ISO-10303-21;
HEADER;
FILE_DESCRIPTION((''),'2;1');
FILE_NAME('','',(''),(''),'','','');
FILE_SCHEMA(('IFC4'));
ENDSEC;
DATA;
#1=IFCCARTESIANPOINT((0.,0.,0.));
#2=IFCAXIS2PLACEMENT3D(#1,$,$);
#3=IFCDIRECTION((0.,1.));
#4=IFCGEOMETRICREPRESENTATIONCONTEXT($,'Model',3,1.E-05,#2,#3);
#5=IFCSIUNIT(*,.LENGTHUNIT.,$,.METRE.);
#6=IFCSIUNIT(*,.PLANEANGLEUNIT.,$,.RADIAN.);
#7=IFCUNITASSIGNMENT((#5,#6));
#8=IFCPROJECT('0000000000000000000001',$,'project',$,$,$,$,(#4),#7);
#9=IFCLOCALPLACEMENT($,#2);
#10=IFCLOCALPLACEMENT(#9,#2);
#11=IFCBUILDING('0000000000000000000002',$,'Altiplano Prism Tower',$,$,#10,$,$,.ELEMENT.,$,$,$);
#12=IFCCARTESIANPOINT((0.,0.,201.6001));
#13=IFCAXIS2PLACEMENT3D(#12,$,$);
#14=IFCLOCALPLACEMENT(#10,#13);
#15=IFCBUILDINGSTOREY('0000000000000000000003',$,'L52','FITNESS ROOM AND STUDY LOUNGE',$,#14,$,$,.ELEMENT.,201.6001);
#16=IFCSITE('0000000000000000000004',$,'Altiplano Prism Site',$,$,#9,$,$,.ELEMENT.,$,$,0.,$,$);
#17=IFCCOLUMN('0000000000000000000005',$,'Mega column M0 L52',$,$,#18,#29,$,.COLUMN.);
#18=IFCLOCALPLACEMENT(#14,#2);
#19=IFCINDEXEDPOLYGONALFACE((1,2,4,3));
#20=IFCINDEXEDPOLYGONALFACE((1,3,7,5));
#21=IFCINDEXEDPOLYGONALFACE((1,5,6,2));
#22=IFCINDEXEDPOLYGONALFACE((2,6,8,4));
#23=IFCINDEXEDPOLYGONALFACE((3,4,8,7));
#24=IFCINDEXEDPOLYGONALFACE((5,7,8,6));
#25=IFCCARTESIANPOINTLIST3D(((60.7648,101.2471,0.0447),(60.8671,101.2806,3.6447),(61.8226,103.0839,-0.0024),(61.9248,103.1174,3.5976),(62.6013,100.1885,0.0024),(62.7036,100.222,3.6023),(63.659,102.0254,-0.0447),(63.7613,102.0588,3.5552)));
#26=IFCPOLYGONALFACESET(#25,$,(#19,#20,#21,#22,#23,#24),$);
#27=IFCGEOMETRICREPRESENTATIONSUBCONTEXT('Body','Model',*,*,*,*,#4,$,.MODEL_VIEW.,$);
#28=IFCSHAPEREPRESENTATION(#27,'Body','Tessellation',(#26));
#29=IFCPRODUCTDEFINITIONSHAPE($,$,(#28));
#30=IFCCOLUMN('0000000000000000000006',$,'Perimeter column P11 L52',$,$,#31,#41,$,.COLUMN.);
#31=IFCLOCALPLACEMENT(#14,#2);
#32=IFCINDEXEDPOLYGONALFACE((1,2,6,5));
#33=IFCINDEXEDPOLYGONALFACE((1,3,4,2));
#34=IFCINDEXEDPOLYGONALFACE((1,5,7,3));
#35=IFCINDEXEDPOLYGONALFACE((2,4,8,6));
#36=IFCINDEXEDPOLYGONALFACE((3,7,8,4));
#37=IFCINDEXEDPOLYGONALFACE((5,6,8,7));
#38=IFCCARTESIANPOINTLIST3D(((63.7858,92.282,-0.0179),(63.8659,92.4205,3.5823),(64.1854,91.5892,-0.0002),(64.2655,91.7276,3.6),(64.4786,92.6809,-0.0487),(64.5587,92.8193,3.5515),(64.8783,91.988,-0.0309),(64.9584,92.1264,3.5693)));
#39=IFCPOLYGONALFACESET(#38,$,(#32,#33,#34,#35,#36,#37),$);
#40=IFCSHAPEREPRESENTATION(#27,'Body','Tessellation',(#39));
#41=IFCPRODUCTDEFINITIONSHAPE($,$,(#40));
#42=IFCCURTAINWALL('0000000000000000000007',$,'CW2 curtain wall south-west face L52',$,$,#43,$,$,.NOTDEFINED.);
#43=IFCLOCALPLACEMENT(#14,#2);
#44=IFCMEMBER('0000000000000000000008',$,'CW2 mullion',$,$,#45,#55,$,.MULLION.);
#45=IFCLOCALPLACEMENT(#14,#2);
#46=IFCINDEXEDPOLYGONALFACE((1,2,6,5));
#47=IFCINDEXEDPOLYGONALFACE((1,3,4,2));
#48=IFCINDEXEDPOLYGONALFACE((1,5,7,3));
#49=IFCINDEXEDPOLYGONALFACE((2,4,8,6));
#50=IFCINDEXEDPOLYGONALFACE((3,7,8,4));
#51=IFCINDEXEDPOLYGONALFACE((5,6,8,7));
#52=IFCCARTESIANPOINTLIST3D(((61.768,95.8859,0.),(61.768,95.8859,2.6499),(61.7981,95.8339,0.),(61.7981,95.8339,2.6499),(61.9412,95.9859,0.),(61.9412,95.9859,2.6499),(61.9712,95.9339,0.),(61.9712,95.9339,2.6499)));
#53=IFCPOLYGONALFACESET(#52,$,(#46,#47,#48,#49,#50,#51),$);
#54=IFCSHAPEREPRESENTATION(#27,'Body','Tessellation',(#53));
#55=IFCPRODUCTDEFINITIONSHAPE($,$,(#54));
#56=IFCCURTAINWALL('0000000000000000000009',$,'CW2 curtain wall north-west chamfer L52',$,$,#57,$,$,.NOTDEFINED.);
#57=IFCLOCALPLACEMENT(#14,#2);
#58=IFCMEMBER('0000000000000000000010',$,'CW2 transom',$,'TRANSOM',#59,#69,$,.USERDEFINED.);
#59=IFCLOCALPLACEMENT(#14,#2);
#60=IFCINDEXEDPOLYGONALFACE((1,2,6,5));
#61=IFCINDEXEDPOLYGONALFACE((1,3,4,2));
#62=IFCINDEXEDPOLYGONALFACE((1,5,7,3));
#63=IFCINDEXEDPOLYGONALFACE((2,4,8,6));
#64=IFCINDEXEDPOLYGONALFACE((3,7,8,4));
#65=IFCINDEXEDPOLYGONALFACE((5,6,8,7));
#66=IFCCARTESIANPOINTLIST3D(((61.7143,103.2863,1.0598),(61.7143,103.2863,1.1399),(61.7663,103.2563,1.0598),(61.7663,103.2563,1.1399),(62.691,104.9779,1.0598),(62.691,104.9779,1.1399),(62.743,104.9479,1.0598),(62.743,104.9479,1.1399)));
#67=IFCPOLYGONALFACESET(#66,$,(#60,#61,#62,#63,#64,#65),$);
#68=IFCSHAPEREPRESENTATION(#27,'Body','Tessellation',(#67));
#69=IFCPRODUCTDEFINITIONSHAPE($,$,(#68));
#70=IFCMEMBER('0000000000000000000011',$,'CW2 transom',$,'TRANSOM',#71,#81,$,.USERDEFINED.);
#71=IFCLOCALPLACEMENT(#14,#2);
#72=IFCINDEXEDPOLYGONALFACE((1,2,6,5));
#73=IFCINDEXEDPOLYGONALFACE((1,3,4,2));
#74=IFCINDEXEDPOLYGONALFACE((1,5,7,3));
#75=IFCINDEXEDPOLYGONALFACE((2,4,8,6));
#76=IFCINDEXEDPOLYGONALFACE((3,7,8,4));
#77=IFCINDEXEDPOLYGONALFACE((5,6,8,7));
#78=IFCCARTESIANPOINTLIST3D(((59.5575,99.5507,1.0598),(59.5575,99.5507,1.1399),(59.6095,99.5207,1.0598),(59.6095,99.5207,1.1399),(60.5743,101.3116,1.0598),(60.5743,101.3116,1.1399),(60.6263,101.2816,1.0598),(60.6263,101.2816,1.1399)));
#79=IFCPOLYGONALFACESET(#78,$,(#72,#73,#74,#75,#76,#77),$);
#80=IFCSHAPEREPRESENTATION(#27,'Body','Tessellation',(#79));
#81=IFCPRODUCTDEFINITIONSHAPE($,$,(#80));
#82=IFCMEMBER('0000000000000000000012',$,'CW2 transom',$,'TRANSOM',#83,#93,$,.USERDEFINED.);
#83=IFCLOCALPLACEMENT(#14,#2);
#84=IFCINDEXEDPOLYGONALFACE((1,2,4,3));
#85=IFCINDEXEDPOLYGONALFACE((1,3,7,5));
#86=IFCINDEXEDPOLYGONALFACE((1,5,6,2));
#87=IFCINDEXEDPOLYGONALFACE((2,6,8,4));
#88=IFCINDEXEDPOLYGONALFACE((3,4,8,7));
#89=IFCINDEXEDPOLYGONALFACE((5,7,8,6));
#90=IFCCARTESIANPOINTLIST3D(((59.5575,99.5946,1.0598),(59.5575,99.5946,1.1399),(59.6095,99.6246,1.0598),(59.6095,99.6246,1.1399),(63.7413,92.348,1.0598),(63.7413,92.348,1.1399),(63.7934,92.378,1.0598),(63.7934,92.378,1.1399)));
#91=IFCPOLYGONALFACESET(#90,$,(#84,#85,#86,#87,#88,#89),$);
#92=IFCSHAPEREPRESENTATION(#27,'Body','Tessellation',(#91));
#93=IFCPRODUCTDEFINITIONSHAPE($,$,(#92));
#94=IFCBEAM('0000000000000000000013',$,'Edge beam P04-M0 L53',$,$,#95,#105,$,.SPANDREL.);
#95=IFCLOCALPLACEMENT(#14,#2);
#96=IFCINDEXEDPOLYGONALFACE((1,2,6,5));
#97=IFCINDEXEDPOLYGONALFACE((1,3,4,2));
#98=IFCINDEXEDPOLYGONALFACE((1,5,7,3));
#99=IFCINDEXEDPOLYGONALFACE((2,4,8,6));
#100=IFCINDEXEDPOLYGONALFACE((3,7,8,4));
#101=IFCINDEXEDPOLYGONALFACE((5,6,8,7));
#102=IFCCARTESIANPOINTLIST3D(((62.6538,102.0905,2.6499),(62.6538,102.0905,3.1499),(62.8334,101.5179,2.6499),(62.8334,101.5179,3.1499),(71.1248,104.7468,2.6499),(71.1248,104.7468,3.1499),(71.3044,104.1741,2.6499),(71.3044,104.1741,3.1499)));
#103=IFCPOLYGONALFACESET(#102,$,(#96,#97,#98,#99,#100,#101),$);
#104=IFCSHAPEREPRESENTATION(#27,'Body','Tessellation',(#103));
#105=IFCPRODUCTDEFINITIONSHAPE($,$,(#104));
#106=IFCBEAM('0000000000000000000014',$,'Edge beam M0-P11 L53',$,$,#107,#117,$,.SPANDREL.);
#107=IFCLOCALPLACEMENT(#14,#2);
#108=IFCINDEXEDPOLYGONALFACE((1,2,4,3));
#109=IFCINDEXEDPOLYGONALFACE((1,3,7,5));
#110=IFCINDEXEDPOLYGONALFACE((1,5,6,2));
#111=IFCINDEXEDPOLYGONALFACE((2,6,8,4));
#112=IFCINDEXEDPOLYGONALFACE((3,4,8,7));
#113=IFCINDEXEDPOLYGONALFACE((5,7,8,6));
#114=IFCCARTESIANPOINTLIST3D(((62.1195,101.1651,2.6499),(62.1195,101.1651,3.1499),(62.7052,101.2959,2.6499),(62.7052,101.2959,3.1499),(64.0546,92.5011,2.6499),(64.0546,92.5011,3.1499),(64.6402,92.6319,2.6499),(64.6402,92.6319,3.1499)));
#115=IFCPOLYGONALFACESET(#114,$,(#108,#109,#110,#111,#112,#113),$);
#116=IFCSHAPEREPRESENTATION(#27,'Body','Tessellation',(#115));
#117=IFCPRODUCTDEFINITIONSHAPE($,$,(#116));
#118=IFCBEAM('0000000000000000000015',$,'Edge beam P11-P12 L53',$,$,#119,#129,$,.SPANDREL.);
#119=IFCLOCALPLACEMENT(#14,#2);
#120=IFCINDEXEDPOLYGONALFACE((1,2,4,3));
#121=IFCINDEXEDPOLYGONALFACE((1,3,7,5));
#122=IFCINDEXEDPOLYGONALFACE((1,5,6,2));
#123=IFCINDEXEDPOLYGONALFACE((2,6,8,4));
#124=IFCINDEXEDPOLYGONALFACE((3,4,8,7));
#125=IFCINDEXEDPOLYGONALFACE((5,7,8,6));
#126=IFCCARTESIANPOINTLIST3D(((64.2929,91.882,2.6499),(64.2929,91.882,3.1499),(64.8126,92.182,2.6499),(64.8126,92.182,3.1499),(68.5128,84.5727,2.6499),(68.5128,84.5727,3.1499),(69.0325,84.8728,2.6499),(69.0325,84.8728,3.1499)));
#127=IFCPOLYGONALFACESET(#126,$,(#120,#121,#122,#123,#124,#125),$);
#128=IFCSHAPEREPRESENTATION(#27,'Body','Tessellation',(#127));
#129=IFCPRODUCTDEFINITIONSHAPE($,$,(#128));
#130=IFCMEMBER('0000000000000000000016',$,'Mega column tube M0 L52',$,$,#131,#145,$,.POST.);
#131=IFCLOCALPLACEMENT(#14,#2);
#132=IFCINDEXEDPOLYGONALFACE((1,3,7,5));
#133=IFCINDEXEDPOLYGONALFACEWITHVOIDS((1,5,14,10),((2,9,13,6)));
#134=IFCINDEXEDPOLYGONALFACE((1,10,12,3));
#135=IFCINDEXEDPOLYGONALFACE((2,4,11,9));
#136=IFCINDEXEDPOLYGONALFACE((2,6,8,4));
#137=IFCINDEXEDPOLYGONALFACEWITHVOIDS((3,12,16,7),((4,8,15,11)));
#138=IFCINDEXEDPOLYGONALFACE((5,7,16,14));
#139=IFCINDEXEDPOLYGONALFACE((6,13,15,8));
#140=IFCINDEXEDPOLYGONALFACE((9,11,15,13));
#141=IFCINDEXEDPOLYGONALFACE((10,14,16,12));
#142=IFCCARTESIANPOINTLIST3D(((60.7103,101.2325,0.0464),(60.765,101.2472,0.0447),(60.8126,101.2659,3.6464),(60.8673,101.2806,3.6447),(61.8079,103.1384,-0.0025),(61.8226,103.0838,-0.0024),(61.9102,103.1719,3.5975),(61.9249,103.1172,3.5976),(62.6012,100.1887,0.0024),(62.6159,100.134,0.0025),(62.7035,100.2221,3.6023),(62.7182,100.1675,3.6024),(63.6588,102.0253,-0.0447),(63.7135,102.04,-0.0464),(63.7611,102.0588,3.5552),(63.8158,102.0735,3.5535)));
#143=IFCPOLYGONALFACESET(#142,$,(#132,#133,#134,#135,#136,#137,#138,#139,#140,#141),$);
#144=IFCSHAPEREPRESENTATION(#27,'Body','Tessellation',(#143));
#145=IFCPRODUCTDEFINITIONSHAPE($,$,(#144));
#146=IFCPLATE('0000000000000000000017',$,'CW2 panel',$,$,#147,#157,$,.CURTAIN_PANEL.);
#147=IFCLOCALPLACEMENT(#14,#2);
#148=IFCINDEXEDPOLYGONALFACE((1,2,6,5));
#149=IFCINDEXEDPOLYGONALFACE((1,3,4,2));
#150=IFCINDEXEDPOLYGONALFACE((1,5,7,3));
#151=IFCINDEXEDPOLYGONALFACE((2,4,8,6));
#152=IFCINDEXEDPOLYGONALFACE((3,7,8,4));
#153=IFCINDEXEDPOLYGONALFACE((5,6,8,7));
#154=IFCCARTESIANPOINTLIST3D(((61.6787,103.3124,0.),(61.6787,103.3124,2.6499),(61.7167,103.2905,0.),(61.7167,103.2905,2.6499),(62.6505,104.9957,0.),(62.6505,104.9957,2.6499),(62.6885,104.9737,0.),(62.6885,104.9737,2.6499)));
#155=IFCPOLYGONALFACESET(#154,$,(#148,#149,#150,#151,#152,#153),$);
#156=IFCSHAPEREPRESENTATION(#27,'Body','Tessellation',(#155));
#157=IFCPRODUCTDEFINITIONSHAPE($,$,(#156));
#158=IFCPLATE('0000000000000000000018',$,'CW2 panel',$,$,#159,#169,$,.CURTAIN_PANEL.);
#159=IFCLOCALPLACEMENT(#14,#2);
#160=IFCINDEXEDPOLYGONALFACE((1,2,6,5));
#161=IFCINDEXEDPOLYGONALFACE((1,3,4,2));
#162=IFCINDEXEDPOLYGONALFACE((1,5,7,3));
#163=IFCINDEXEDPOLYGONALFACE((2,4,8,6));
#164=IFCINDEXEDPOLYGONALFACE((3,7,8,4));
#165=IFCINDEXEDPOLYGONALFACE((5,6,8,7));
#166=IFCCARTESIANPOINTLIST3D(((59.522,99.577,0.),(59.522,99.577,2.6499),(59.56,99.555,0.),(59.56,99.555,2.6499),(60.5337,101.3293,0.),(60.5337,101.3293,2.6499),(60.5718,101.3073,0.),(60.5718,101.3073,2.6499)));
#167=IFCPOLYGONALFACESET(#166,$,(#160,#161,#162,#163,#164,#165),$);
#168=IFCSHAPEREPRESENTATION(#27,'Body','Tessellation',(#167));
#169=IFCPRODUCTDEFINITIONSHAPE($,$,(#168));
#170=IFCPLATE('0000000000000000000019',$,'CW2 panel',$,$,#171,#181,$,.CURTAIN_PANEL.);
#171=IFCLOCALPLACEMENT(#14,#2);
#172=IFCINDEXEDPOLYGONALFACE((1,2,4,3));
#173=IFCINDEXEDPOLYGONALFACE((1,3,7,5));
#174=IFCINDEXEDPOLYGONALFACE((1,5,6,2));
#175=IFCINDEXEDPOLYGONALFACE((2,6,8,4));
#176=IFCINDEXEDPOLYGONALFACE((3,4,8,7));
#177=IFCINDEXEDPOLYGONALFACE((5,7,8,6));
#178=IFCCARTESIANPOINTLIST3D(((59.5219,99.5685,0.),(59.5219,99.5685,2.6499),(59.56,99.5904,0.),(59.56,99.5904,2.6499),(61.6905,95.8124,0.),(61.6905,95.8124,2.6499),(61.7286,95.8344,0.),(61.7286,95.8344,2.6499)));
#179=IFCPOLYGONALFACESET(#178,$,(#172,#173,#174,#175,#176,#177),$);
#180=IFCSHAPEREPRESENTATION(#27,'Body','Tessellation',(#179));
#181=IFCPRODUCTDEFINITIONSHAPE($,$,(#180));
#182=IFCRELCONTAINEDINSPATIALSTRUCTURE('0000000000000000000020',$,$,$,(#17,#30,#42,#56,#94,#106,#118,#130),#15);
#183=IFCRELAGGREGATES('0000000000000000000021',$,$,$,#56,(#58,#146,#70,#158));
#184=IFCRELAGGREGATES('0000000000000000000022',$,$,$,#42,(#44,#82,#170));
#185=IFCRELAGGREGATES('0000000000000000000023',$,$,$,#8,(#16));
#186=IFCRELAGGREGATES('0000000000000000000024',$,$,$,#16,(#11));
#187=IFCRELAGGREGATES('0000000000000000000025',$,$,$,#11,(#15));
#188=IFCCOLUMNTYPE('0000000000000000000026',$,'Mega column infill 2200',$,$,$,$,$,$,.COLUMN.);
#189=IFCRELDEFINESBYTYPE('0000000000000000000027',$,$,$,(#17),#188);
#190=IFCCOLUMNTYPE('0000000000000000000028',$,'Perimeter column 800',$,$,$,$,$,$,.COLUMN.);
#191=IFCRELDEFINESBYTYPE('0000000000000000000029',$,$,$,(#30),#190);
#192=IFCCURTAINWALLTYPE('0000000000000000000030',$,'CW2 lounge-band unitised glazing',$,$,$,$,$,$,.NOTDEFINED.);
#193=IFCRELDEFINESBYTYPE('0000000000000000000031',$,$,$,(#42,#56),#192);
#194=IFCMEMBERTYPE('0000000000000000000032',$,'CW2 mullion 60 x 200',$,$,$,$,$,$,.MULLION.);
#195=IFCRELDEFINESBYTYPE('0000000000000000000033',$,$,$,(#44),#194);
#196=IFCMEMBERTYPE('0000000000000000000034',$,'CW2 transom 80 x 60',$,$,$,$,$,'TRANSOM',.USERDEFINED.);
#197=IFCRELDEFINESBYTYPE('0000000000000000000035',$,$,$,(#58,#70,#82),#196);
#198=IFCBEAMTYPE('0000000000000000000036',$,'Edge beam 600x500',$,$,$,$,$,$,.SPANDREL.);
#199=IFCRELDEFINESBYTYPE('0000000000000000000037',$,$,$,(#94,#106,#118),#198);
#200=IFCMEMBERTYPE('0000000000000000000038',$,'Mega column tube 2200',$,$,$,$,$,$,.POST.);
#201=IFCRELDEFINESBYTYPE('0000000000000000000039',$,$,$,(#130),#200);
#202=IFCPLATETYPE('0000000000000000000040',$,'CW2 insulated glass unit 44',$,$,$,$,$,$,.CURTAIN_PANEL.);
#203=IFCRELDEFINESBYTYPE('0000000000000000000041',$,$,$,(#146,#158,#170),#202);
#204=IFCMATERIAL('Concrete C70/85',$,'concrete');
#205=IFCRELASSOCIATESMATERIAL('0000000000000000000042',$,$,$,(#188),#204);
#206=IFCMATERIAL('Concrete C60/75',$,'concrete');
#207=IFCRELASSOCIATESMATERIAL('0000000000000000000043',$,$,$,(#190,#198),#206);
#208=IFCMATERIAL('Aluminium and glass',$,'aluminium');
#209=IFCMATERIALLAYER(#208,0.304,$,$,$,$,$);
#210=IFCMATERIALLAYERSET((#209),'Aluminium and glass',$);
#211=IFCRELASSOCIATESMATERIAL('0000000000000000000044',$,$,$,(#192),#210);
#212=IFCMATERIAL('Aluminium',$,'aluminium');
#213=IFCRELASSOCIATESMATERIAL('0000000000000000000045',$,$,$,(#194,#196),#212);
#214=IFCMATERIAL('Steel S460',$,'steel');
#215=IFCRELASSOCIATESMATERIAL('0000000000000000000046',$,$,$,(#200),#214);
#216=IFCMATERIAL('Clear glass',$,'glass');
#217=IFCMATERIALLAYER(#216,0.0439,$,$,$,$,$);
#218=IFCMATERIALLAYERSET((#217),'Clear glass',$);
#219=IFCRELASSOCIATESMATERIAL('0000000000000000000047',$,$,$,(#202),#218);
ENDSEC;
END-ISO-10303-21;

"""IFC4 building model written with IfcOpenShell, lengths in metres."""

from ifc_helpers import new_model, si_unit, direction, frame, origin, origin_2d, place, context, subcontext, project, spatial, rectangle, hollow_rectangle, extrude, material, layer, layer_set, material_profile, profile_set, type_object, element, aggregate, save


model = new_model("IFC4")

# Units and contexts
model_context = context("Model", 3, precision=1e-05, world=origin(), true_north=direction((0.0, 1.0)))
body_context = subcontext(model_context, "Body", "Model", "MODEL_VIEW")
ifc_project = project(units=[si_unit("LENGTHUNIT", "METRE"), si_unit("PLANEANGLEUNIT", "RADIAN")], contexts=[model_context])

# Site, building, storey
site_placement = place(None, origin())
site = spatial("IfcSite", under=ifc_project, at=site_placement, Name="Altiplano Prism Site", CompositionType="ELEMENT", RefElevation=0.0)
building_placement = place(site_placement, origin())
building = spatial("IfcBuilding", under=site, at=building_placement, Name="Altiplano Prism Tower", CompositionType="ELEMENT")
storey_placement = place(building_placement, frame((0.0, 0.0, 201.6001)))
storey = spatial("IfcBuildingStorey", under=building, at=storey_placement, Name="L52", Description="FITNESS ROOM AND STUDY LOUNGE", CompositionType="ELEMENT", Elevation=201.6001)

# Columns
ifc_material_1 = material(Name="Concrete C70/85", Category="concrete")
ifc_material_profile_1 = material_profile(ifc_material_1, rectangle(XDim=2.1201, YDim=2.1201, at=origin_2d()), Name="Mega column infill 2200")
ifc_profile_set_1 = profile_set([ifc_material_profile_1], Name="Concrete C70/85")
column_type_1 = type_object("IfcColumnType", Name="Mega column infill 2200", PredefinedType="COLUMN", material=ifc_profile_set_1)
column_1_placement = place(storey_placement, frame((62.2119, 101.6362, 0.0), z_axis=(0.028404, 0.009287, 0.999553), x_axis=(-0.866197, 0.499302, 0.019975)))
element("IfcColumn", 1, at=column_1_placement, inside=storey, type_object=column_type_1, Name="Mega column M0 L52", PredefinedType="COLUMN", context=body_context, shape_type="SweptSolid", body=[
    extrude(rectangle(XDim=2.1201, YDim=2.1201, at=origin_2d()), origin(), (0.0, 0.0, 1.0), 3.6016),
])
ifc_material_2 = material(Name="Concrete C60/75", Category="concrete")
ifc_material_profile_2 = material_profile(ifc_material_2, rectangle(XDim=0.8, YDim=0.8, at=origin_2d()), Name="Perimeter column 800")
ifc_profile_set_2 = profile_set([ifc_material_profile_2], Name="Concrete C60/75")
column_type_2 = type_object("IfcColumnType", Name="Perimeter column 800", PredefinedType="COLUMN", material=ifc_profile_set_2)
column_2_placement = place(storey_placement, frame((64.332, 92.135, -0.0244), z_axis=(0.022221, 0.038413, 0.999015), x_axis=(-0.866024, -0.498523, 0.038432)))
element("IfcColumn", 2, at=column_2_placement, inside=storey, type_object=column_type_2, Name="Perimeter column P11 L52", PredefinedType="COLUMN", context=body_context, shape_type="SweptSolid", body=[
    extrude(rectangle(XDim=0.8, YDim=0.8, at=origin_2d()), origin(), (0.0, 0.0, 1.0), 3.6038),
])

# Curtain wall, member
ifc_material_3 = material(Name="Aluminium and glass", Category="aluminium")
ifc_layer_1 = layer(ifc_material_3, 0.304)
ifc_layer_set_1 = layer_set([ifc_layer_1], Name="Aluminium and glass")
curtain_wall_type = type_object("IfcCurtainWallType", Name="CW2 lounge-band unitised glazing", PredefinedType="NOTDEFINED", material=ifc_layer_set_1)
curtain_wall_1_placement = place(storey_placement, origin())
curtain_wall_1 = element("IfcCurtainWall", 3, at=curtain_wall_1_placement, inside=storey, type_object=curtain_wall_type, Name="CW2 curtain wall south-west face L52", PredefinedType="NOTDEFINED")
ifc_material_4 = material(Name="Aluminium", Category="aluminium")
ifc_material_profile_3 = material_profile(ifc_material_4, rectangle(XDim=0.2, YDim=0.0601, at=origin_2d()), Name="CW2 mullion 60 x 200")
ifc_profile_set_3 = profile_set([ifc_material_profile_3], Name="Aluminium")
member_type_1 = type_object("IfcMemberType", Name="CW2 mullion 60 x 200", PredefinedType="MULLION", material=ifc_profile_set_3)
member_1_placement = place(storey_placement, frame((61.8696, 95.9099, 0.0), z_axis=(0.0, 0.0, 1.0), x_axis=(0.866025, 0.5, 0.0)))
member_1 = element("IfcMember", 4, at=member_1_placement, type_object=member_type_1, Name="CW2 mullion", PredefinedType="MULLION", context=body_context, shape_type="SweptSolid", body=[
    extrude(rectangle(XDim=0.2, YDim=0.0601, at=origin_2d()), origin(), (0.0, 0.0, 1.0), 2.6499),
])

# Curtain wall, members
curtain_wall_2_placement = place(storey_placement, origin())
curtain_wall_2 = element("IfcCurtainWall", 5, at=curtain_wall_2_placement, inside=storey, type_object=curtain_wall_type, Name="CW2 curtain wall north-west chamfer L52", PredefinedType="NOTDEFINED")
ifc_material_profile_4 = material_profile(ifc_material_4, rectangle(XDim=0.0601, YDim=0.0801, at=origin_2d()), Name="CW2 transom 80 x 60")
ifc_profile_set_4 = profile_set([ifc_material_profile_4], Name="Aluminium")
member_type_2 = type_object("IfcMemberType", Name="CW2 transom 80 x 60", ElementType="TRANSOM", PredefinedType="USERDEFINED", material=ifc_profile_set_4)
member_2_placement = place(storey_placement, frame((62.717, 104.9629, 1.0999), z_axis=(-0.500051, -0.865996, 0.0), x_axis=(0.865996, -0.500051, 0.0)))
member_2 = element("IfcMember", 6, at=member_2_placement, type_object=member_type_2, Name="CW2 transom", ObjectType="TRANSOM", PredefinedType="USERDEFINED", context=body_context, shape_type="SweptSolid", body=[
    extrude(rectangle(XDim=0.0601, YDim=0.0801, at=origin_2d()), origin(), (0.0, 0.0, 1.0), 1.9534),
])
member_3_placement = place(storey_placement, frame((60.6003, 101.2966, 1.0999), z_axis=(-0.500052, -0.865996, 0.0), x_axis=(0.865996, -0.500052, 0.0)))
member_3 = element("IfcMember", 7, at=member_3_placement, type_object=member_type_2, Name="CW2 transom", ObjectType="TRANSOM", PredefinedType="USERDEFINED", context=body_context, shape_type="SweptSolid", body=[
    extrude(rectangle(XDim=0.0601, YDim=0.0801, at=origin_2d()), origin(), (0.0, 0.0, 1.0), 2.0334),
])

# Member
member_4_placement = place(storey_placement, frame((59.5835, 99.6096, 1.0999), z_axis=(0.500002, -0.866024, 0.0), x_axis=(0.866024, 0.500002, 0.0)))
member_4 = element("IfcMember", 8, at=member_4_placement, type_object=member_type_2, Name="CW2 transom", ObjectType="TRANSOM", PredefinedType="USERDEFINED", context=body_context, shape_type="SweptSolid", body=[
    extrude(rectangle(XDim=0.0601, YDim=0.0801, at=origin_2d()), origin(), (0.0, 0.0, 1.0), 8.3677),
])

# Beams
ifc_material_profile_5 = material_profile(ifc_material_2, rectangle(XDim=0.6001, YDim=0.5, at=origin_2d()), Name="Edge beam 600x500")
ifc_profile_set_5 = profile_set([ifc_material_profile_5], Name="Concrete C60/75")
beam_type = type_object("IfcBeamType", Name="Edge beam 600x500", PredefinedType="SPANDREL", material=ifc_profile_set_5)
beam_1_placement = place(storey_placement, frame((71.2146, 104.4604, 2.8999), z_axis=(-0.954188, -0.299207, 0.0), x_axis=(0.299207, -0.954188, 0.0)))
element("IfcBeam", 9, at=beam_1_placement, inside=storey, type_object=beam_type, Name="Edge beam P04-M0 L53", PredefinedType="SPANDREL", context=body_context, shape_type="SweptSolid", body=[
    extrude(rectangle(XDim=0.6001, YDim=0.5, at=origin_2d()), origin(), (0.0, 0.0, 1.0), 8.8777),
])
beam_2_placement = place(storey_placement, frame((62.4124, 101.2305, 2.8999), z_axis=(0.217973, -0.975955, 0.0), x_axis=(0.975955, 0.217973, 0.0)))
element("IfcBeam", 10, at=beam_2_placement, inside=storey, type_object=beam_type, Name="Edge beam M0-P11 L53", PredefinedType="SPANDREL", context=body_context, shape_type="SweptSolid", body=[
    extrude(rectangle(XDim=0.6001, YDim=0.5, at=origin_2d()), origin(), (0.0, 0.0, 1.0), 8.8774),
])
beam_3_placement = place(storey_placement, frame((64.5527, 92.032, 2.8999), z_axis=(0.499994, -0.866029, 0.0), x_axis=(0.866029, 0.499994, 0.0)))
element("IfcBeam", 11, at=beam_3_placement, inside=storey, type_object=beam_type, Name="Edge beam P11-P12 L53", PredefinedType="SPANDREL", context=body_context, shape_type="SweptSolid", body=[
    extrude(rectangle(XDim=0.6001, YDim=0.5, at=origin_2d()), origin(), (0.0, 0.0, 1.0), 8.4399),
])

# Member
ifc_material_5 = material(Name="Steel S460", Category="steel")
ifc_material_profile_6 = material_profile(ifc_material_5, hollow_rectangle(XDim=2.2, YDim=2.2, WallThickness=0.04, at=origin_2d()), Name="Mega column tube 2200")
ifc_profile_set_6 = profile_set([ifc_material_profile_6], Name="Steel S460")
member_type_3 = type_object("IfcMemberType", Name="Mega column tube 2200", PredefinedType="POST", material=ifc_profile_set_6)
member_5_placement = place(storey_placement, frame((62.2119, 101.6362, 0.0), z_axis=(0.028404, 0.009287, 0.999553), x_axis=(-0.866197, 0.499302, 0.019975)))
element("IfcMember", 12, at=member_5_placement, inside=storey, type_object=member_type_3, Name="Mega column tube M0 L52", PredefinedType="POST", context=body_context, shape_type="SweptSolid", body=[
    extrude(hollow_rectangle(XDim=2.2, YDim=2.2, WallThickness=0.04, at=origin_2d()), origin(), (0.0, 0.0, 1.0), 3.6016),
])

# Plates
ifc_material_6 = material(Name="Clear glass", Category="glass")
ifc_layer_2 = layer(ifc_material_6, 0.0439)
ifc_layer_set_2 = layer_set([ifc_layer_2], Name="Clear glass")
plate_type = type_object("IfcPlateType", Name="CW2 insulated glass unit 44", PredefinedType="CURTAIN_PANEL", material=ifc_layer_set_2)
plate_1_placement = place(storey_placement, frame((62.1836, 104.1431, 0.0), z_axis=(0.0, 0.0, 1.0), x_axis=(-0.5, -0.866025, 0.0)))
plate_1 = element("IfcPlate", 13, at=plate_1_placement, type_object=plate_type, Name="CW2 panel", PredefinedType="CURTAIN_PANEL", context=body_context, shape_type="SweptSolid", body=[
    extrude(rectangle(XDim=1.9436, YDim=0.0439, at=origin_2d()), origin(), (0.0, 0.0, 1.0), 2.6499),
])
plate_2_placement = place(storey_placement, frame((60.0469, 100.4421, 0.0), z_axis=(0.0, 0.0, 1.0), x_axis=(-0.5, -0.866025, 0.0)))
plate_2 = element("IfcPlate", 14, at=plate_2_placement, type_object=plate_type, Name="CW2 panel", PredefinedType="CURTAIN_PANEL", context=body_context, shape_type="SweptSolid", body=[
    extrude(rectangle(XDim=2.0234, YDim=0.0439, at=origin_2d()), origin(), (0.0, 0.0, 1.0), 2.6499),
])
aggregate(curtain_wall_2, [member_2, plate_1, member_3, plate_2])
plate_3_placement = place(storey_placement, frame((60.6252, 97.7014, 0.0), z_axis=(0.0, 0.0, 1.0), x_axis=(0.5, -0.866025, 0.0)))
plate_3 = element("IfcPlate", 15, at=plate_3_placement, type_object=plate_type, Name="CW2 panel", PredefinedType="CURTAIN_PANEL", context=body_context, shape_type="SweptSolid", body=[
    extrude(rectangle(XDim=4.3372, YDim=0.0439, at=origin_2d()), origin(), (0.0, 0.0, 1.0), 2.6499),
])
aggregate(curtain_wall_1, [member_1, member_4, plate_3])

save(model, "model.ifc")
